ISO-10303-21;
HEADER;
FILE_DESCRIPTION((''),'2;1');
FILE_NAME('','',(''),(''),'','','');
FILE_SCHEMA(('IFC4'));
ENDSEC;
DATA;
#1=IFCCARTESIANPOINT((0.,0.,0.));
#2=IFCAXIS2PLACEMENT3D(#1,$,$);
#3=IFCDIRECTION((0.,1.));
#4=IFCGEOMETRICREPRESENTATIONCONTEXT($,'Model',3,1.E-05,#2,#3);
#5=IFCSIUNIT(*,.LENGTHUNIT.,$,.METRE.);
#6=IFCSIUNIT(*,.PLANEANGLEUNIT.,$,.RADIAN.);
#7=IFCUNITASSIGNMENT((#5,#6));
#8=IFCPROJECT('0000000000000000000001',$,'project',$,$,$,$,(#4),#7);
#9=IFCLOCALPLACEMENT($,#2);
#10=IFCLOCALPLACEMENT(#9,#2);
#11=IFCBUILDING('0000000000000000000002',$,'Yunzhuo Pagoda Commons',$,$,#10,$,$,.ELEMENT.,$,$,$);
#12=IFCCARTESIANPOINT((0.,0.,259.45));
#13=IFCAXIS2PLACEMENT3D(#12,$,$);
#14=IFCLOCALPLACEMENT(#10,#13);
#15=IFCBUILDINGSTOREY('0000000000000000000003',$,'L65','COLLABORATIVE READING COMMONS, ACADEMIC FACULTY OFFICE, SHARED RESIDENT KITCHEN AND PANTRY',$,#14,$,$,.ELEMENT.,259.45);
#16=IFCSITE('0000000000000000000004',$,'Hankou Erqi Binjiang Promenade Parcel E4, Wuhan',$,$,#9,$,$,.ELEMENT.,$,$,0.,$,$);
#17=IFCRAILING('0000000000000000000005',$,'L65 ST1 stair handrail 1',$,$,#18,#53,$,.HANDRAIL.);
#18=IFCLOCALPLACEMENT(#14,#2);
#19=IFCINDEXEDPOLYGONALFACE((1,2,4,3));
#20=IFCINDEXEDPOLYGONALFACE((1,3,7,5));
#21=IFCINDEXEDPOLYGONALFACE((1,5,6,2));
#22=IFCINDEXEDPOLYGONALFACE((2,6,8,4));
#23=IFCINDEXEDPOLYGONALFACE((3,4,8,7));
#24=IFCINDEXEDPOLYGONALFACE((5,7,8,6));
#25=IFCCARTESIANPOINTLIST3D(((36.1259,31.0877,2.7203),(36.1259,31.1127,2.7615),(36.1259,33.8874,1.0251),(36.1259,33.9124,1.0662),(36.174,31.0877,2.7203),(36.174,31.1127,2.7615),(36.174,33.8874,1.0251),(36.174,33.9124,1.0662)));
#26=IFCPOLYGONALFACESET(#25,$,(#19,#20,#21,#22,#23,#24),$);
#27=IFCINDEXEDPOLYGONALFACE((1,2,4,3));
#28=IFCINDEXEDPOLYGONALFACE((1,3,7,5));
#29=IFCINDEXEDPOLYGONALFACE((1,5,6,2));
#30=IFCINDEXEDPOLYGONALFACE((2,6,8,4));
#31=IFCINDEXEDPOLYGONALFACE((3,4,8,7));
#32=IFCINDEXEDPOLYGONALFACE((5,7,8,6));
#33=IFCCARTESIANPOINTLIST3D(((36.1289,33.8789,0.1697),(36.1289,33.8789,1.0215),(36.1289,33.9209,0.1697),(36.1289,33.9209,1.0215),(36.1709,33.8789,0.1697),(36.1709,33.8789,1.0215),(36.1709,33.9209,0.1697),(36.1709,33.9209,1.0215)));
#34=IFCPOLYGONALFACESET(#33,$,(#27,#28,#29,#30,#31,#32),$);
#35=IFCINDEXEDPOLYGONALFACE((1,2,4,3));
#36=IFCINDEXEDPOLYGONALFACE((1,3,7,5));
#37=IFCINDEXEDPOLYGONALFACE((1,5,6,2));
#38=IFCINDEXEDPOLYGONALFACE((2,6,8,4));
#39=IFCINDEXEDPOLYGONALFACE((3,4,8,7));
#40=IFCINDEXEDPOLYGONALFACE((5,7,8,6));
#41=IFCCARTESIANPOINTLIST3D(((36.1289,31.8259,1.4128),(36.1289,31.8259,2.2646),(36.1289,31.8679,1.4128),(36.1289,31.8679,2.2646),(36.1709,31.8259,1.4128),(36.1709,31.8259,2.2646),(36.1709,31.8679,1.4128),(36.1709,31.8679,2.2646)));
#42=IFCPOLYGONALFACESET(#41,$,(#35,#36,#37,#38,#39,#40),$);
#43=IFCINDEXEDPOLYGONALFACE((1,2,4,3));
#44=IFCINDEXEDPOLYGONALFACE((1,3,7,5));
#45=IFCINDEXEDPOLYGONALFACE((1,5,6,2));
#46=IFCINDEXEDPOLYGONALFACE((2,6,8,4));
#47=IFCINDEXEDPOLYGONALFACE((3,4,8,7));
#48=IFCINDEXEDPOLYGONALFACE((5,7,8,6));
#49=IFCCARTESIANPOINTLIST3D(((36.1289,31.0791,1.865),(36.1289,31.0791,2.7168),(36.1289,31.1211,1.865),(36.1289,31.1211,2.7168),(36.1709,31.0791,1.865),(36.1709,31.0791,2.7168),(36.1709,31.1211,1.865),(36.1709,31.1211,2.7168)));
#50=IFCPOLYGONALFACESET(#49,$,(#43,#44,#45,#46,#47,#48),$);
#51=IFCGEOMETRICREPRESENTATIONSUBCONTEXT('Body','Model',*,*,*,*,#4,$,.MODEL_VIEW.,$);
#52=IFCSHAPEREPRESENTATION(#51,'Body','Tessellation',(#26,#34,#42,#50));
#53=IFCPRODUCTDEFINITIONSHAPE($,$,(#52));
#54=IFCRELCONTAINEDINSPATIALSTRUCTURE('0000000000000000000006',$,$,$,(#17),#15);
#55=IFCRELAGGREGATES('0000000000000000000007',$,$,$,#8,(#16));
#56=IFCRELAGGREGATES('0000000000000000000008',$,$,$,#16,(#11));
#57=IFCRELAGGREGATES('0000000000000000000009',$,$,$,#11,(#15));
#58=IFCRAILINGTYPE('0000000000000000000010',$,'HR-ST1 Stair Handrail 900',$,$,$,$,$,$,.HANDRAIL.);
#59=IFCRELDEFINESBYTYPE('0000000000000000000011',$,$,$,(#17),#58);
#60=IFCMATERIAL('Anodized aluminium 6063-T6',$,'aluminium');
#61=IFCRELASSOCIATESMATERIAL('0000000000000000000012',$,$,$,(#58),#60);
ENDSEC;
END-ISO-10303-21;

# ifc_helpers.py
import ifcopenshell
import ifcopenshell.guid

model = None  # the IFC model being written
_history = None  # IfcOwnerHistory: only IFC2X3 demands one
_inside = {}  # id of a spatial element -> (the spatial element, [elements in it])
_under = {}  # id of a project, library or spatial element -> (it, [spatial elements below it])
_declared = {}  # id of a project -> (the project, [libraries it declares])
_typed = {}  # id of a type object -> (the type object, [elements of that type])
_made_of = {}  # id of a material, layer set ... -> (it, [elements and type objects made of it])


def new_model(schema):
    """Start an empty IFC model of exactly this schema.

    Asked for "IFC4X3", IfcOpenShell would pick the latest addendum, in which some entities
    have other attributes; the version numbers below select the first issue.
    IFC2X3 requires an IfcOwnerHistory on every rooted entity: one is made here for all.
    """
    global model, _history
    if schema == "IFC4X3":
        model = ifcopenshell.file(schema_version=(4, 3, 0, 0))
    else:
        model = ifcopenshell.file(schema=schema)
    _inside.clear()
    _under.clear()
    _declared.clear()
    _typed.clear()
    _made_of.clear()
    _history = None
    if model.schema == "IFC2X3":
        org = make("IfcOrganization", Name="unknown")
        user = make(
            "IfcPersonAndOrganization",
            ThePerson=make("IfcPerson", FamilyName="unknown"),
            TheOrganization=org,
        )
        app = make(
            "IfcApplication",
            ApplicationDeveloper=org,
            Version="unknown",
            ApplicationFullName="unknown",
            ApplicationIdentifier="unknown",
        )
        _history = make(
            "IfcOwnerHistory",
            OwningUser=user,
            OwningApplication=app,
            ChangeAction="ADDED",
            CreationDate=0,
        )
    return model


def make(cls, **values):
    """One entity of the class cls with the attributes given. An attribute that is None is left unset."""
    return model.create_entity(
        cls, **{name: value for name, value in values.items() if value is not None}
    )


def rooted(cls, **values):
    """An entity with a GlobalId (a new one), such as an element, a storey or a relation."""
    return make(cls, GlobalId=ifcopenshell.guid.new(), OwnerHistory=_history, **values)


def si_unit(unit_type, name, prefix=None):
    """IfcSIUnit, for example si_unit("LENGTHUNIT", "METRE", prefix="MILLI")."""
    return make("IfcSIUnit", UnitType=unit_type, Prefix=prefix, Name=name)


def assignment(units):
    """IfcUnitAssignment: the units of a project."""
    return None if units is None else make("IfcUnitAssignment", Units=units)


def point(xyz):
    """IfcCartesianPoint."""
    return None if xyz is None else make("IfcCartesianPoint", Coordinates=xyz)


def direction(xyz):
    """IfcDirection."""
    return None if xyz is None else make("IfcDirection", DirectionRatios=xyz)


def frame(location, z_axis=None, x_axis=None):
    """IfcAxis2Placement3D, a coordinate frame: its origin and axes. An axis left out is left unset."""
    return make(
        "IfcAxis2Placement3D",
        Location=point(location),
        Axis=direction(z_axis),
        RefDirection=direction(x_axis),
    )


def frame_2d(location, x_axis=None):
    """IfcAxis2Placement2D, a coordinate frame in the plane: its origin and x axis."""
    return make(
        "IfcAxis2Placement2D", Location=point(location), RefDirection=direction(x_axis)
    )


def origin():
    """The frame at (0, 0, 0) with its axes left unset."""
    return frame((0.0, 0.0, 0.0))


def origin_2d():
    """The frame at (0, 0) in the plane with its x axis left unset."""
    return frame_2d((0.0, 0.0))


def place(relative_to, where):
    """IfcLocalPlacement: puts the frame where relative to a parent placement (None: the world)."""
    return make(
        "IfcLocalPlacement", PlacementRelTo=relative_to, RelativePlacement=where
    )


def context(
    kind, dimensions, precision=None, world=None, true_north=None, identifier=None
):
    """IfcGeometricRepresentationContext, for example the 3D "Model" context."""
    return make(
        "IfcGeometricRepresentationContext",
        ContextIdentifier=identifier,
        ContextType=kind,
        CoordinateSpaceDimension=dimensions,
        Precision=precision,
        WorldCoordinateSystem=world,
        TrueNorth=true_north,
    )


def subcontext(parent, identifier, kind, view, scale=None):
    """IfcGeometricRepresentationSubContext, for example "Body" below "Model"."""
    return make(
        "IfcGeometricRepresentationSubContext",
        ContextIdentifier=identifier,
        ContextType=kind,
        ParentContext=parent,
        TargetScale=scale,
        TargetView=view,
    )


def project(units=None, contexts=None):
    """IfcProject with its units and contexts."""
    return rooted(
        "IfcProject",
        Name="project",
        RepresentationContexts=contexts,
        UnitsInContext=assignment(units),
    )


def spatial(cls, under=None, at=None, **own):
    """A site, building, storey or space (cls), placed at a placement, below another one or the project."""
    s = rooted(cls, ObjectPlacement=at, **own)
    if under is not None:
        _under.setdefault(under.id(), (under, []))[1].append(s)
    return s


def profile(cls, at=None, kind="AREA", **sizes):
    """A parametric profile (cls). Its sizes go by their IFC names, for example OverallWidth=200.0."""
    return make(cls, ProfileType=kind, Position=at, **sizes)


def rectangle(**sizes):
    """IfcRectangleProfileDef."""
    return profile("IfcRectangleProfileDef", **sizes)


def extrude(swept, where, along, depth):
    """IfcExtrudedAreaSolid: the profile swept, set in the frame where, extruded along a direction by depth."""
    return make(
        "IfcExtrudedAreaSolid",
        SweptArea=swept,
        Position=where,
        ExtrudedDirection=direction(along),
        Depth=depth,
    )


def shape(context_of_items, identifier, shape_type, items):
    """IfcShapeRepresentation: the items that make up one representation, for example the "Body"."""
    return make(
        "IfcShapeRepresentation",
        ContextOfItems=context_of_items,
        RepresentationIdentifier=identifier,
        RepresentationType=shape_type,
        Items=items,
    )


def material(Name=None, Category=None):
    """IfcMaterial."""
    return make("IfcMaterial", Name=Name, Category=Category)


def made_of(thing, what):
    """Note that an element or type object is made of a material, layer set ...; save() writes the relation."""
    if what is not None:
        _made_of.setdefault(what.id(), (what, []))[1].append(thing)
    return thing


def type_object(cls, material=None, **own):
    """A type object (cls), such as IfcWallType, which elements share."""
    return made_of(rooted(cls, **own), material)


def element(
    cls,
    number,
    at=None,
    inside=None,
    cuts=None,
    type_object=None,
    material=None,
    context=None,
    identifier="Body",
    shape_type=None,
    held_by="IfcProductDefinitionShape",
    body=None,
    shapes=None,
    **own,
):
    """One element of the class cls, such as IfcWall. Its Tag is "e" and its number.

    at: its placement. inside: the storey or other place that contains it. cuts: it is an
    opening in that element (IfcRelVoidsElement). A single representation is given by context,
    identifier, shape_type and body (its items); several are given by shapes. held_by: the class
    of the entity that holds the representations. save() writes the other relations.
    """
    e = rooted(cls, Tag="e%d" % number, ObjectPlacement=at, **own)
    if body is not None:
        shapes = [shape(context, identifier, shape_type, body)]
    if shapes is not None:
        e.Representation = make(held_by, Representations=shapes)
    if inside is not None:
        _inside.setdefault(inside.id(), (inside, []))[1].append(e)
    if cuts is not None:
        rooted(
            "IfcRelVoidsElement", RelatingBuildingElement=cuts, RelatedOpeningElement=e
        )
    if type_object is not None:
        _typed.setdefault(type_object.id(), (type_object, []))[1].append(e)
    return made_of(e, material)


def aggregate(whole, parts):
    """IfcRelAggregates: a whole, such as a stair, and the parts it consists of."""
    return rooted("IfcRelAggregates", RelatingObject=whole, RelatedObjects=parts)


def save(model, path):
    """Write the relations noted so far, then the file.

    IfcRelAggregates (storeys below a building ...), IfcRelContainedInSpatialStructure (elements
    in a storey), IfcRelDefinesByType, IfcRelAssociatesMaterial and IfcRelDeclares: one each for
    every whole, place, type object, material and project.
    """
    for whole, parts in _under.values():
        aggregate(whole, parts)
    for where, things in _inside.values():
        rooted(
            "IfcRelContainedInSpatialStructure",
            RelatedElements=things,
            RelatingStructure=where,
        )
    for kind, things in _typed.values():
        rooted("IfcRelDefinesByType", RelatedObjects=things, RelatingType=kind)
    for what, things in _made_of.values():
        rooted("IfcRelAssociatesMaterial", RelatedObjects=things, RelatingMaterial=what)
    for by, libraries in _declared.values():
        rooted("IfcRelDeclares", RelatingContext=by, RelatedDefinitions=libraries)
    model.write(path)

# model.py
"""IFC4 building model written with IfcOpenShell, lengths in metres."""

from ifc_helpers import new_model, si_unit, direction, frame, origin, origin_2d, place, context, subcontext, project, spatial, rectangle, extrude, material, type_object, element, save


model = new_model("IFC4")

# Units and contexts
model_context = context("Model", 3, precision=1e-05, world=origin(), true_north=direction((0.0, 1.0)))
body_context = subcontext(model_context, "Body", "Model", "MODEL_VIEW")
ifc_project = project(units=[si_unit("LENGTHUNIT", "METRE"), si_unit("PLANEANGLEUNIT", "RADIAN")], contexts=[model_context])

# Site, building, storey
site_placement = place(None, origin())
site = spatial("IfcSite", under=ifc_project, at=site_placement, Name="Hankou Erqi Binjiang Promenade Parcel E4, Wuhan", CompositionType="ELEMENT", RefElevation=0.0)
building_placement = place(site_placement, origin())
building = spatial("IfcBuilding", under=site, at=building_placement, Name="Yunzhuo Pagoda Commons", CompositionType="ELEMENT")
storey_placement = place(building_placement, frame((0.0, 0.0, 259.45)))
storey = spatial("IfcBuildingStorey", under=building, at=storey_placement, Name="L65", Description="COLLABORATIVE READING COMMONS, ACADEMIC FACULTY OFFICE, SHARED RESIDENT KITCHEN AND PANTRY", CompositionType="ELEMENT", Elevation=259.45)

# Railing
ifc_material_1 = material(Name="Anodized aluminium 6063-T6", Category="aluminium")
railing_type_1 = type_object("IfcRailingType", Name="HR-ST1 Stair Handrail 900", PredefinedType="HANDRAIL", material=ifc_material_1)
railing_1_placement = place(storey_placement, frame((36.1499, 33.8999, 0.1697)))
element("IfcRailing", 1, at=railing_1_placement, inside=storey, type_object=railing_type_1, Name="L65 ST1 stair handrail 1", PredefinedType="HANDRAIL", context=body_context, shape_type="SweptSolid", body=[
    extrude(rectangle(XDim=0.0481, YDim=0.0481, at=origin_2d()), frame((0.0, 0.0, 0.876), z_axis=(0.0, -0.855406, 0.517958), x_axis=(1.0, 0.0, 0.0)), (0.0, 0.0, 1.0), 3.2729),
    extrude(rectangle(XDim=0.042, YDim=0.042, at=origin_2d()), origin(), (0.0, 0.0, 1.0), 0.8518),
    extrude(rectangle(XDim=0.042, YDim=0.042, at=origin_2d()), frame((0.0, -2.053, 1.2432)), (0.0, 0.0, 1.0), 0.8518),
    extrude(rectangle(XDim=0.042, YDim=0.042, at=origin_2d()), frame((0.0, -2.7998, 1.6953)), (0.0, 0.0, 1.0), 0.8518),
])

save(model, "model.ifc")
